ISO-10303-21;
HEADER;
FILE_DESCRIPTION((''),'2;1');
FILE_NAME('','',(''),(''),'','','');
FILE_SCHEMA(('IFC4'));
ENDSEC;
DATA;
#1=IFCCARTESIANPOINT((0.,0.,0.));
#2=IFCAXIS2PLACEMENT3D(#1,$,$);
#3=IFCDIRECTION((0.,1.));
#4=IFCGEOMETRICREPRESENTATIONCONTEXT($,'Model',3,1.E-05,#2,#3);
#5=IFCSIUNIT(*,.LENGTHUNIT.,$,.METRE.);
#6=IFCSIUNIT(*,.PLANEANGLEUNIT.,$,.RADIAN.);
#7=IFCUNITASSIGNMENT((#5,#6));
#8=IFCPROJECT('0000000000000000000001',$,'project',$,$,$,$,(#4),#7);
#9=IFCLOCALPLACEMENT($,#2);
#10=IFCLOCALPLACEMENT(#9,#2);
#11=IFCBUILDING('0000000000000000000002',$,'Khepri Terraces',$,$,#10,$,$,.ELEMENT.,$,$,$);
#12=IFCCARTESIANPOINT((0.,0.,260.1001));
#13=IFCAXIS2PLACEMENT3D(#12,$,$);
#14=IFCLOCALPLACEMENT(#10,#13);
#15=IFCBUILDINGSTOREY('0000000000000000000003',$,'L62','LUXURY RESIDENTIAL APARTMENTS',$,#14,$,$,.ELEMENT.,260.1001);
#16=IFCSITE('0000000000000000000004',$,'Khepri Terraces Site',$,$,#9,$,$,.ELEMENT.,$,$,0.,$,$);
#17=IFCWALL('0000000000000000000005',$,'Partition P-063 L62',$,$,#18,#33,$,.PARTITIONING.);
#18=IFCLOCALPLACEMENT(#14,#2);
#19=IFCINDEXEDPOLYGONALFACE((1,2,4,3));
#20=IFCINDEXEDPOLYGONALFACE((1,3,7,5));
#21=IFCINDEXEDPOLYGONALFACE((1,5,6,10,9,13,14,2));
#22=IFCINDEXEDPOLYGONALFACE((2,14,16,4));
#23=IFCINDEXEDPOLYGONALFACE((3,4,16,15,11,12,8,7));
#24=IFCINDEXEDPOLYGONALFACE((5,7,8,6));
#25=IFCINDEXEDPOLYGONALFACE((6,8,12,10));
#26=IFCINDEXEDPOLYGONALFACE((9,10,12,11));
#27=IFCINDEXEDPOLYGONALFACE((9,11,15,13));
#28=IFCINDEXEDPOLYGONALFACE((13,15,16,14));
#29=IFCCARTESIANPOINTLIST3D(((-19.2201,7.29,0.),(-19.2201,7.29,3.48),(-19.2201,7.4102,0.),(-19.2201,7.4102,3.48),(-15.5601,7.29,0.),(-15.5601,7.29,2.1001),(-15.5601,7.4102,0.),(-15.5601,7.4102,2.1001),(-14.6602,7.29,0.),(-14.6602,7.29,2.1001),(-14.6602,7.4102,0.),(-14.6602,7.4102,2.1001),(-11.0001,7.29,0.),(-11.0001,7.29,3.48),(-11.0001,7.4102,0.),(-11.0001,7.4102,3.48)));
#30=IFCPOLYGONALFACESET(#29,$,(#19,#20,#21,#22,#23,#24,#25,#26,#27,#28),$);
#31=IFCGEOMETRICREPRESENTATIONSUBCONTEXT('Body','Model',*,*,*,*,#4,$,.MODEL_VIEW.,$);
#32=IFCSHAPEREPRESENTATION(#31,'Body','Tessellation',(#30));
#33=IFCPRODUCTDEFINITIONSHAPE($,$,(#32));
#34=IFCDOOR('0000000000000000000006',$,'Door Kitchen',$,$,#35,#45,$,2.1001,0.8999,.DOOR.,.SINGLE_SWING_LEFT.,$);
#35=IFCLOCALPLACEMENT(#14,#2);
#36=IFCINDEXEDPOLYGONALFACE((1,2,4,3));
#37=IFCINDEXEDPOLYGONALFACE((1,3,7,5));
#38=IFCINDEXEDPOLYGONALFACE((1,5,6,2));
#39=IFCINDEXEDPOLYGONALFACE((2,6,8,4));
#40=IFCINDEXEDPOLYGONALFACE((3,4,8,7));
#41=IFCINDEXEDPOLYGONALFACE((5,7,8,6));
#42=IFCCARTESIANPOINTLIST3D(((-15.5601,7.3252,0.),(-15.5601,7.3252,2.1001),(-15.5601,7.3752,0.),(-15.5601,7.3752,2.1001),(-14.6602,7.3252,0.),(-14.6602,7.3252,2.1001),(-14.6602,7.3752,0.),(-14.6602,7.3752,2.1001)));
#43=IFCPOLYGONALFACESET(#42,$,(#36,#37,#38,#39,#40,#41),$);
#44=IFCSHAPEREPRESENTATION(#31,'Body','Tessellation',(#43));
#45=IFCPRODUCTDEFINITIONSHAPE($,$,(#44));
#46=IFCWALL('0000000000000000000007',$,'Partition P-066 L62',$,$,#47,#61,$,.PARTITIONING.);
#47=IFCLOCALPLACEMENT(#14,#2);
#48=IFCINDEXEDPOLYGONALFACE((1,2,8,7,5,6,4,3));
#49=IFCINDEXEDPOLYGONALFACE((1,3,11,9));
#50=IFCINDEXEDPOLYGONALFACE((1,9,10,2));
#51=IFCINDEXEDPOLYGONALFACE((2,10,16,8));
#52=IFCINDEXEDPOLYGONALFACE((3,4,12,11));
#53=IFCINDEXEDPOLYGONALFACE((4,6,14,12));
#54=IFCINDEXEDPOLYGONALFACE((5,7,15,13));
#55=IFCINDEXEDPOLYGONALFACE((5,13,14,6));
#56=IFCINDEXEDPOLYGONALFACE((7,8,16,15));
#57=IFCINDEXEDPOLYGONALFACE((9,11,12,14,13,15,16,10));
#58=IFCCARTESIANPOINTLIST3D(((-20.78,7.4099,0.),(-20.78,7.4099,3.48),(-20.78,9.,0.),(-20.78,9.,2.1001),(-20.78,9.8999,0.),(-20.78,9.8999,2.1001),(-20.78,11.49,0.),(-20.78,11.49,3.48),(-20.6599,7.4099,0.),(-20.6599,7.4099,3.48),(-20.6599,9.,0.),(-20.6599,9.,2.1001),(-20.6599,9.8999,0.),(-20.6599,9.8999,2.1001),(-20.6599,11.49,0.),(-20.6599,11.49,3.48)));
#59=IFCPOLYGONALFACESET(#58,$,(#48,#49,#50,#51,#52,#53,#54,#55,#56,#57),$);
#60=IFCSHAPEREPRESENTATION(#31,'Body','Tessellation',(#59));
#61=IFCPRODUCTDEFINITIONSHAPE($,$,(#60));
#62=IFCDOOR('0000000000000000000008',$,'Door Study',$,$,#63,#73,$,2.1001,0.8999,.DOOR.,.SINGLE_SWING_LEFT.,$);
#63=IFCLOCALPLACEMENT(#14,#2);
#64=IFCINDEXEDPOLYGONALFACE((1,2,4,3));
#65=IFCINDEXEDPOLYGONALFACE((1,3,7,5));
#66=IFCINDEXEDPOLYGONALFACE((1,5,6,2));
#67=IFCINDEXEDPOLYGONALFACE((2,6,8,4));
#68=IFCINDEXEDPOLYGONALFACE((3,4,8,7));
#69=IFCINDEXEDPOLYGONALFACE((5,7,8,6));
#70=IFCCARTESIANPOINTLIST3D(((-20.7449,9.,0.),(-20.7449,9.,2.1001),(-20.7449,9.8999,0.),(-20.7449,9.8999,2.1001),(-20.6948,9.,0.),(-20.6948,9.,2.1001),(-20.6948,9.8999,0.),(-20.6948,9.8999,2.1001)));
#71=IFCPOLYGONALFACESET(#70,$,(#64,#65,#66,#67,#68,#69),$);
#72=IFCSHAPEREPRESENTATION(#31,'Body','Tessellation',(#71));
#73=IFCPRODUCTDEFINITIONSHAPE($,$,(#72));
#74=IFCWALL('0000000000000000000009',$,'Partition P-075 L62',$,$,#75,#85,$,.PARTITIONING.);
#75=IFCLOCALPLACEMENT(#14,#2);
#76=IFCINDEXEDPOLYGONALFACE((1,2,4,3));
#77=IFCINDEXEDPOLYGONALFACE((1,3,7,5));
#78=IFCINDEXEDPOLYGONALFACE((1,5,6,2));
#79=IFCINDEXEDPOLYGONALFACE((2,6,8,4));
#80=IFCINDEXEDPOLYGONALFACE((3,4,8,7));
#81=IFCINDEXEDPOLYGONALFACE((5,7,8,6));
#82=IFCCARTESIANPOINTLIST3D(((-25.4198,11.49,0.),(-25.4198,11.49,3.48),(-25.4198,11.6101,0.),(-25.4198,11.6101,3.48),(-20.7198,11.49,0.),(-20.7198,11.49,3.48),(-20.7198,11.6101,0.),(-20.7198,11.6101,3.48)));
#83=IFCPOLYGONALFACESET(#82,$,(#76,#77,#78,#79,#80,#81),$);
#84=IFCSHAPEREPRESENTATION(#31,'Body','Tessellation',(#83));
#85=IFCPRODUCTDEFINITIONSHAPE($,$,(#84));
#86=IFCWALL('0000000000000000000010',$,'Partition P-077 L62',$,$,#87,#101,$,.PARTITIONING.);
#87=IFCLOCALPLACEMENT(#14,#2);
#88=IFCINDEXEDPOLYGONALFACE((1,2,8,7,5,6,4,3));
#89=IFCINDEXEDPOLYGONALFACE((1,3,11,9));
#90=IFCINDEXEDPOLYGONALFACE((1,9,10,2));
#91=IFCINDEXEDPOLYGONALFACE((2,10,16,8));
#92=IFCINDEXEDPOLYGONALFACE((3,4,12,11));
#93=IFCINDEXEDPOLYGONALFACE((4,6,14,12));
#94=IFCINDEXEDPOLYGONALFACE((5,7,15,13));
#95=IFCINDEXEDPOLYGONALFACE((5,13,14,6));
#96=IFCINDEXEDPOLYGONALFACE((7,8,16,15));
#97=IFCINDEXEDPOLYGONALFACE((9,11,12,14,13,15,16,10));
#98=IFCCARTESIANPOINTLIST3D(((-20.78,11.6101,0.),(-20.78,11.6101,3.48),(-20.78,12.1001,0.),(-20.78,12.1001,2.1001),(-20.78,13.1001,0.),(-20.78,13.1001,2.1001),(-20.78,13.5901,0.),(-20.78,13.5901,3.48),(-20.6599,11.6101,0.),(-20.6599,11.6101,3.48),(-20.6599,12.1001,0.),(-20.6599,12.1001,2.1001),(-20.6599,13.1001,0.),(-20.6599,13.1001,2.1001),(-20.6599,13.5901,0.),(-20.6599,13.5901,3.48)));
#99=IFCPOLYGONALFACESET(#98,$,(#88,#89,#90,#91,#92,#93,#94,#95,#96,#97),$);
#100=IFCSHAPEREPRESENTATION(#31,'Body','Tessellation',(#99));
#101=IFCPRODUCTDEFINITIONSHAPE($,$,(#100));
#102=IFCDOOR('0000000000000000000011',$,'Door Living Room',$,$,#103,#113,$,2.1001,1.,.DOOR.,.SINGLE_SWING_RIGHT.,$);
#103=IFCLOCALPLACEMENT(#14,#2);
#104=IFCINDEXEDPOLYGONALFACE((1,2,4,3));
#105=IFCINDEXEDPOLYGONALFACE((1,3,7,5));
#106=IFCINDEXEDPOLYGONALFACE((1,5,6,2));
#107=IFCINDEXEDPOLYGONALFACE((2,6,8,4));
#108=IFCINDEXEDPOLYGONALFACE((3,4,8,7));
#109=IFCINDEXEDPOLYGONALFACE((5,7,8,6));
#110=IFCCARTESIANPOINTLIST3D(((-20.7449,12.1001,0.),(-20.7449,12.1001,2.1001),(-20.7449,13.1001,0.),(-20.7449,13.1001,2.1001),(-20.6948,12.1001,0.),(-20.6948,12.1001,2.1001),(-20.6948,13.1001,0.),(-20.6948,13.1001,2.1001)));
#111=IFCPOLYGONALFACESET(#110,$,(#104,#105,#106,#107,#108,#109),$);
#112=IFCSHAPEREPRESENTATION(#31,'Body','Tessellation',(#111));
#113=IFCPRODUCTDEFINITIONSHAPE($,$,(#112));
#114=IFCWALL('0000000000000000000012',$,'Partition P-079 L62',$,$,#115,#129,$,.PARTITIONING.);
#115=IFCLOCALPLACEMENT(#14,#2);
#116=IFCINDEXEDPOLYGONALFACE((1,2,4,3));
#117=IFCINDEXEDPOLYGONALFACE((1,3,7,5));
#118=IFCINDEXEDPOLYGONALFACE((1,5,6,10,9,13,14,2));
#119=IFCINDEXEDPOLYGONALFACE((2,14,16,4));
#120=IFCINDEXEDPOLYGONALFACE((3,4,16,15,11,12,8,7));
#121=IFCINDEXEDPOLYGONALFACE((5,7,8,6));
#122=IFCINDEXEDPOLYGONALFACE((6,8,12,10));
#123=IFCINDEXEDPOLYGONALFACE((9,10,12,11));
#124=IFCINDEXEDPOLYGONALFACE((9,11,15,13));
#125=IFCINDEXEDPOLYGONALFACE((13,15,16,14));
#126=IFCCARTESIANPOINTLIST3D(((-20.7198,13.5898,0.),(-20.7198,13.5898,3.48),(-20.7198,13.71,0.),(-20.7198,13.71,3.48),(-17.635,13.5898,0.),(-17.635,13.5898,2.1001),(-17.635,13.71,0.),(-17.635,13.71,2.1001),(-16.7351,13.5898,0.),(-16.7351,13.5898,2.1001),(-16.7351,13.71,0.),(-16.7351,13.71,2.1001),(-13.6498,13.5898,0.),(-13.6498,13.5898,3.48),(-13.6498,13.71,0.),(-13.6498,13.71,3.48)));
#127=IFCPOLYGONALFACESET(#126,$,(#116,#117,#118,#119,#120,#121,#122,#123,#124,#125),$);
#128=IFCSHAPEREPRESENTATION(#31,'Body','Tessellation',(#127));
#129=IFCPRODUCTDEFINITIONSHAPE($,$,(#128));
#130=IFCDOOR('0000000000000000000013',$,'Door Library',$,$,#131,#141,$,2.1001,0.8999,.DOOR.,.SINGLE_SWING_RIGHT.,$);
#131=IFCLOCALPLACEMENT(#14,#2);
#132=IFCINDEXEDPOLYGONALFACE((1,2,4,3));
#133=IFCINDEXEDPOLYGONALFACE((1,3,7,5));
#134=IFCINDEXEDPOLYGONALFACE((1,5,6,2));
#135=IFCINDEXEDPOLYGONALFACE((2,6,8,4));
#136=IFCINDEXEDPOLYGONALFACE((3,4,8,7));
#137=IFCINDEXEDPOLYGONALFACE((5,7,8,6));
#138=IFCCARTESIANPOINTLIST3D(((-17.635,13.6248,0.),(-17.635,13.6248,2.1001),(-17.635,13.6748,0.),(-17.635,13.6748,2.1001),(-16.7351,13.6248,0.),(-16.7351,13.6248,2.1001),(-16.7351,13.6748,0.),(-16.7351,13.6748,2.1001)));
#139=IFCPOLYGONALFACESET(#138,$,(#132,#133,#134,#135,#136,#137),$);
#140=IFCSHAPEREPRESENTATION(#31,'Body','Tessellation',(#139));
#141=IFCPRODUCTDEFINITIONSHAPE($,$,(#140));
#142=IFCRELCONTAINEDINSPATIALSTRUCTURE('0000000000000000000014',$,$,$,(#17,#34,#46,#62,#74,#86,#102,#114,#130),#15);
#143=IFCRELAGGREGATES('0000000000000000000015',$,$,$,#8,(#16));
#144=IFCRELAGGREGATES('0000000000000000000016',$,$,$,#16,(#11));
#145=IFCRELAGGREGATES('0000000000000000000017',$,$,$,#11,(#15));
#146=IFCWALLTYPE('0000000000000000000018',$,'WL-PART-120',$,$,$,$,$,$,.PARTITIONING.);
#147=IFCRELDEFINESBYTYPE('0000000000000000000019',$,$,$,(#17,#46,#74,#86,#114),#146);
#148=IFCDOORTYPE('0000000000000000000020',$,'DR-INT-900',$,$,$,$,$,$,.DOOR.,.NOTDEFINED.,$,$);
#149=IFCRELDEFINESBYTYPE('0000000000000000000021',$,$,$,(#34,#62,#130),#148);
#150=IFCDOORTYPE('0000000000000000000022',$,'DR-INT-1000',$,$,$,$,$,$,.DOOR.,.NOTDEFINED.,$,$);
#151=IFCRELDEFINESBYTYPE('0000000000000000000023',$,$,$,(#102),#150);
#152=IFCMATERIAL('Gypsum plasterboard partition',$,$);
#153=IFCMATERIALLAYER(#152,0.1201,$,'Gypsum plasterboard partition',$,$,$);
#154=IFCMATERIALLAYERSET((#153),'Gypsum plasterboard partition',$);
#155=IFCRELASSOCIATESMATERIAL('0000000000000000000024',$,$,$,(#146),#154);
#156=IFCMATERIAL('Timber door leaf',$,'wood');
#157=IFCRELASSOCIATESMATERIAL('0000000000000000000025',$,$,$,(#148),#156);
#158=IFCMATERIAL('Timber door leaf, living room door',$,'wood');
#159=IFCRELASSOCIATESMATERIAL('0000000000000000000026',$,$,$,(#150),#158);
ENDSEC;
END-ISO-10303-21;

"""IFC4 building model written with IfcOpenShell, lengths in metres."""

from ifc_helpers import new_model, si_unit, direction, frame, frame_2d, origin, place, context, subcontext, project, spatial, rectangle, extrude, material, layer, layer_set, type_object, element, fill, save


model = new_model("IFC4")

# Units and contexts
model_context = context("Model", 3, precision=1e-05, world=origin(), true_north=direction((0.0, 1.0)))
body_context = subcontext(model_context, "Body", "Model", "MODEL_VIEW")
ifc_project = project(units=[si_unit("LENGTHUNIT", "METRE"), si_unit("PLANEANGLEUNIT", "RADIAN")], contexts=[model_context])

# Site, building, storey
site_placement = place(None, origin())
site = spatial("IfcSite", under=ifc_project, at=site_placement, Name="Khepri Terraces Site", CompositionType="ELEMENT", RefElevation=0.0)
building_placement = place(site_placement, origin())
building = spatial("IfcBuilding", under=site, at=building_placement, Name="Khepri Terraces", CompositionType="ELEMENT")
storey_placement = place(building_placement, frame((0.0, 0.0, 260.1001)))
storey = spatial("IfcBuildingStorey", under=building, at=storey_placement, Name="L62", Description="LUXURY RESIDENTIAL APARTMENTS", CompositionType="ELEMENT", Elevation=260.1001)

# Shared definitions
ifc_material_1 = material(Name="Gypsum plasterboard partition")
ifc_layer_1 = layer(ifc_material_1, 0.1201, Name="Gypsum plasterboard partition")
ifc_layer_set_1 = layer_set([ifc_layer_1], Name="Gypsum plasterboard partition")
wall_type_1 = type_object("IfcWallType", Name="WL-PART-120", PredefinedType="PARTITIONING", material=ifc_layer_set_1)

# Shared definitions
ifc_material_2 = material(Name="Timber door leaf", Category="wood")
door_type_1 = type_object("IfcDoorType", Name="DR-INT-900", OperationType="NOTDEFINED", PredefinedType="DOOR", material=ifc_material_2)

# Walls, openings, doors
wall_1_placement = place(storey_placement, frame((-19.22, 7.3501, 0.0), z_axis=(0.0, 0.0, 1.0), x_axis=(1.0, 0.0, 0.0)))
wall_1 = element("IfcWall", 1, at=wall_1_placement, inside=storey, type_object=wall_type_1, Name="Partition P-063 L62", PredefinedType="PARTITIONING", context=body_context, shape_type="SweptSolid", body=[
    extrude(rectangle(XDim=8.22, YDim=0.1201, at=frame_2d((4.1099, 0.0))), origin(), (0.0, 0.0, 1.0), 3.48),
])
opening_1_placement = place(wall_1_placement, frame((3.6599, 0.0, 0.0)))
opening_1 = element("IfcOpeningElement", 2, at=opening_1_placement, cuts=wall_1, PredefinedType="OPENING", context=body_context, shape_type="SweptSolid", body=[
    extrude(rectangle(XDim=0.8999, YDim=2.1001, at=frame_2d((0.45, 1.05))), frame((0.0, 0.0701, 0.0), z_axis=(0.0, -1.0, 0.0), x_axis=(1.0, 0.0, 0.0)), (0.0, 0.0, 1.0), 0.1401),
])
door_1_placement = place(opening_1_placement, frame((0.8999, 0.0, 0.0), z_axis=(0.0, 0.0, 1.0), x_axis=(-1.0, 0.0, 0.0)))
door_1 = element("IfcDoor", 3, at=door_1_placement, inside=storey, type_object=door_type_1, Name="Door Kitchen", OperationType="SINGLE_SWING_LEFT", OverallHeight=2.1001, OverallWidth=0.8999, PredefinedType="DOOR", context=body_context, shape_type="SweptSolid", body=[
    extrude(rectangle(XDim=0.8999, YDim=2.1001, at=frame_2d((0.45, 1.05))), frame((0.0, 0.0249, 0.0), z_axis=(0.0, -1.0, 0.0), x_axis=(1.0, 0.0, 0.0)), (0.0, 0.0, 1.0), 0.05),
])
fill(opening_1, door_1)
wall_2_placement = place(storey_placement, frame((-20.72, 7.4099, 0.0), z_axis=(0.0, 0.0, 1.0), x_axis=(0.0, 1.0, 0.0)))
wall_2 = element("IfcWall", 4, at=wall_2_placement, inside=storey, type_object=wall_type_1, Name="Partition P-066 L62", PredefinedType="PARTITIONING", context=body_context, shape_type="SweptSolid", body=[
    extrude(rectangle(XDim=4.0801, YDim=0.1201, at=frame_2d((2.04, 0.0))), origin(), (0.0, 0.0, 1.0), 3.48),
])
opening_2_placement = place(wall_2_placement, frame((1.5901, 0.0, 0.0)))
opening_2 = element("IfcOpeningElement", 5, at=opening_2_placement, cuts=wall_2, PredefinedType="OPENING", context=body_context, shape_type="SweptSolid", body=[
    extrude(rectangle(XDim=0.8999, YDim=2.1001, at=frame_2d((0.45, 1.05))), frame((0.0, 0.0701, 0.0), z_axis=(0.0, -1.0, 0.0), x_axis=(1.0, 0.0, 0.0)), (0.0, 0.0, 1.0), 0.1401),
])
door_2_placement = place(opening_2_placement, origin())
door_2 = element("IfcDoor", 6, at=door_2_placement, inside=storey, type_object=door_type_1, Name="Door Study", OperationType="SINGLE_SWING_LEFT", OverallHeight=2.1001, OverallWidth=0.8999, PredefinedType="DOOR", context=body_context, shape_type="SweptSolid", body=[
    extrude(rectangle(XDim=0.8999, YDim=2.1001, at=frame_2d((0.45, 1.05))), frame((0.0, 0.0249, 0.0), z_axis=(0.0, -1.0, 0.0), x_axis=(1.0, 0.0, 0.0)), (0.0, 0.0, 1.0), 0.05),
])
fill(opening_2, door_2)

# Wall
wall_3_placement = place(storey_placement, frame((-25.4199, 11.55, 0.0), z_axis=(0.0, 0.0, 1.0), x_axis=(1.0, 0.0, 0.0)))
element("IfcWall", 7, at=wall_3_placement, inside=storey, type_object=wall_type_1, Name="Partition P-075 L62", PredefinedType="PARTITIONING", context=body_context, shape_type="SweptSolid", body=[
    extrude(rectangle(XDim=4.7, YDim=0.1201, at=frame_2d((2.3501, 0.0))), origin(), (0.0, 0.0, 1.0), 3.48),
])

# Walls, openings, doors
wall_4_placement = place(storey_placement, frame((-20.72, 11.6101, 0.0), z_axis=(0.0, 0.0, 1.0), x_axis=(0.0, 1.0, 0.0)))
wall_4 = element("IfcWall", 8, at=wall_4_placement, inside=storey, type_object=wall_type_1, Name="Partition P-077 L62", PredefinedType="PARTITIONING", context=body_context, shape_type="SweptSolid", body=[
    extrude(rectangle(XDim=1.98, YDim=0.1201, at=frame_2d((0.99, 0.0))), origin(), (0.0, 0.0, 1.0), 3.48),
])
opening_3_placement = place(wall_4_placement, frame((0.49, 0.0, 0.0)))
opening_3 = element("IfcOpeningElement", 9, at=opening_3_placement, cuts=wall_4, PredefinedType="OPENING", context=body_context, shape_type="SweptSolid", body=[
    extrude(rectangle(XDim=1.0, YDim=2.1001, at=frame_2d((0.5, 1.05))), frame((0.0, 0.0701, 0.0), z_axis=(0.0, -1.0, 0.0), x_axis=(1.0, 0.0, 0.0)), (0.0, 0.0, 1.0), 0.1401),
])
ifc_material_3 = material(Name="Timber door leaf, living room door", Category="wood")
door_type_2 = type_object("IfcDoorType", Name="DR-INT-1000", OperationType="NOTDEFINED", PredefinedType="DOOR", material=ifc_material_3)
door_3_placement = place(opening_3_placement, origin())
door_3 = element("IfcDoor", 10, at=door_3_placement, inside=storey, type_object=door_type_2, Name="Door Living Room", OperationType="SINGLE_SWING_RIGHT", OverallHeight=2.1001, OverallWidth=1.0, PredefinedType="DOOR", context=body_context, shape_type="SweptSolid", body=[
    extrude(rectangle(XDim=1.0, YDim=2.1001, at=frame_2d((0.5, 1.05))), frame((0.0, 0.0249, 0.0), z_axis=(0.0, -1.0, 0.0), x_axis=(1.0, 0.0, 0.0)), (0.0, 0.0, 1.0), 0.05),
])
fill(opening_3, door_3)
wall_5_placement = place(storey_placement, frame((-20.72, 13.6499, 0.0), z_axis=(0.0, 0.0, 1.0), x_axis=(1.0, 0.0, 0.0)))
wall_5 = element("IfcWall", 11, at=wall_5_placement, inside=storey, type_object=wall_type_1, Name="Partition P-079 L62", PredefinedType="PARTITIONING", context=body_context, shape_type="SweptSolid", body=[
    extrude(rectangle(XDim=7.0701, YDim=0.1201, at=frame_2d((3.5352, 0.0))), origin(), (0.0, 0.0, 1.0), 3.48),
])
opening_4_placement = place(wall_5_placement, frame((3.085, 0.0, 0.0)))
opening_4 = element("IfcOpeningElement", 12, at=opening_4_placement, cuts=wall_5, PredefinedType="OPENING", context=body_context, shape_type="SweptSolid", body=[
    extrude(rectangle(XDim=0.8999, YDim=2.1001, at=frame_2d((0.45, 1.05))), frame((0.0, 0.0701, 0.0), z_axis=(0.0, -1.0, 0.0), x_axis=(1.0, 0.0, 0.0)), (0.0, 0.0, 1.0), 0.1401),
])
door_4_placement = place(opening_4_placement, origin())
door_4 = element("IfcDoor", 13, at=door_4_placement, inside=storey, type_object=door_type_1, Name="Door Library", OperationType="SINGLE_SWING_RIGHT", OverallHeight=2.1001, OverallWidth=0.8999, PredefinedType="DOOR", context=body_context, shape_type="SweptSolid", body=[
    extrude(rectangle(XDim=0.8999, YDim=2.1001, at=frame_2d((0.45, 1.05))), frame((0.0, 0.0249, 0.0), z_axis=(0.0, -1.0, 0.0), x_axis=(1.0, 0.0, 0.0)), (0.0, 0.0, 1.0), 0.05),
])
fill(opening_4, door_4)

save(model, "model.ifc")
